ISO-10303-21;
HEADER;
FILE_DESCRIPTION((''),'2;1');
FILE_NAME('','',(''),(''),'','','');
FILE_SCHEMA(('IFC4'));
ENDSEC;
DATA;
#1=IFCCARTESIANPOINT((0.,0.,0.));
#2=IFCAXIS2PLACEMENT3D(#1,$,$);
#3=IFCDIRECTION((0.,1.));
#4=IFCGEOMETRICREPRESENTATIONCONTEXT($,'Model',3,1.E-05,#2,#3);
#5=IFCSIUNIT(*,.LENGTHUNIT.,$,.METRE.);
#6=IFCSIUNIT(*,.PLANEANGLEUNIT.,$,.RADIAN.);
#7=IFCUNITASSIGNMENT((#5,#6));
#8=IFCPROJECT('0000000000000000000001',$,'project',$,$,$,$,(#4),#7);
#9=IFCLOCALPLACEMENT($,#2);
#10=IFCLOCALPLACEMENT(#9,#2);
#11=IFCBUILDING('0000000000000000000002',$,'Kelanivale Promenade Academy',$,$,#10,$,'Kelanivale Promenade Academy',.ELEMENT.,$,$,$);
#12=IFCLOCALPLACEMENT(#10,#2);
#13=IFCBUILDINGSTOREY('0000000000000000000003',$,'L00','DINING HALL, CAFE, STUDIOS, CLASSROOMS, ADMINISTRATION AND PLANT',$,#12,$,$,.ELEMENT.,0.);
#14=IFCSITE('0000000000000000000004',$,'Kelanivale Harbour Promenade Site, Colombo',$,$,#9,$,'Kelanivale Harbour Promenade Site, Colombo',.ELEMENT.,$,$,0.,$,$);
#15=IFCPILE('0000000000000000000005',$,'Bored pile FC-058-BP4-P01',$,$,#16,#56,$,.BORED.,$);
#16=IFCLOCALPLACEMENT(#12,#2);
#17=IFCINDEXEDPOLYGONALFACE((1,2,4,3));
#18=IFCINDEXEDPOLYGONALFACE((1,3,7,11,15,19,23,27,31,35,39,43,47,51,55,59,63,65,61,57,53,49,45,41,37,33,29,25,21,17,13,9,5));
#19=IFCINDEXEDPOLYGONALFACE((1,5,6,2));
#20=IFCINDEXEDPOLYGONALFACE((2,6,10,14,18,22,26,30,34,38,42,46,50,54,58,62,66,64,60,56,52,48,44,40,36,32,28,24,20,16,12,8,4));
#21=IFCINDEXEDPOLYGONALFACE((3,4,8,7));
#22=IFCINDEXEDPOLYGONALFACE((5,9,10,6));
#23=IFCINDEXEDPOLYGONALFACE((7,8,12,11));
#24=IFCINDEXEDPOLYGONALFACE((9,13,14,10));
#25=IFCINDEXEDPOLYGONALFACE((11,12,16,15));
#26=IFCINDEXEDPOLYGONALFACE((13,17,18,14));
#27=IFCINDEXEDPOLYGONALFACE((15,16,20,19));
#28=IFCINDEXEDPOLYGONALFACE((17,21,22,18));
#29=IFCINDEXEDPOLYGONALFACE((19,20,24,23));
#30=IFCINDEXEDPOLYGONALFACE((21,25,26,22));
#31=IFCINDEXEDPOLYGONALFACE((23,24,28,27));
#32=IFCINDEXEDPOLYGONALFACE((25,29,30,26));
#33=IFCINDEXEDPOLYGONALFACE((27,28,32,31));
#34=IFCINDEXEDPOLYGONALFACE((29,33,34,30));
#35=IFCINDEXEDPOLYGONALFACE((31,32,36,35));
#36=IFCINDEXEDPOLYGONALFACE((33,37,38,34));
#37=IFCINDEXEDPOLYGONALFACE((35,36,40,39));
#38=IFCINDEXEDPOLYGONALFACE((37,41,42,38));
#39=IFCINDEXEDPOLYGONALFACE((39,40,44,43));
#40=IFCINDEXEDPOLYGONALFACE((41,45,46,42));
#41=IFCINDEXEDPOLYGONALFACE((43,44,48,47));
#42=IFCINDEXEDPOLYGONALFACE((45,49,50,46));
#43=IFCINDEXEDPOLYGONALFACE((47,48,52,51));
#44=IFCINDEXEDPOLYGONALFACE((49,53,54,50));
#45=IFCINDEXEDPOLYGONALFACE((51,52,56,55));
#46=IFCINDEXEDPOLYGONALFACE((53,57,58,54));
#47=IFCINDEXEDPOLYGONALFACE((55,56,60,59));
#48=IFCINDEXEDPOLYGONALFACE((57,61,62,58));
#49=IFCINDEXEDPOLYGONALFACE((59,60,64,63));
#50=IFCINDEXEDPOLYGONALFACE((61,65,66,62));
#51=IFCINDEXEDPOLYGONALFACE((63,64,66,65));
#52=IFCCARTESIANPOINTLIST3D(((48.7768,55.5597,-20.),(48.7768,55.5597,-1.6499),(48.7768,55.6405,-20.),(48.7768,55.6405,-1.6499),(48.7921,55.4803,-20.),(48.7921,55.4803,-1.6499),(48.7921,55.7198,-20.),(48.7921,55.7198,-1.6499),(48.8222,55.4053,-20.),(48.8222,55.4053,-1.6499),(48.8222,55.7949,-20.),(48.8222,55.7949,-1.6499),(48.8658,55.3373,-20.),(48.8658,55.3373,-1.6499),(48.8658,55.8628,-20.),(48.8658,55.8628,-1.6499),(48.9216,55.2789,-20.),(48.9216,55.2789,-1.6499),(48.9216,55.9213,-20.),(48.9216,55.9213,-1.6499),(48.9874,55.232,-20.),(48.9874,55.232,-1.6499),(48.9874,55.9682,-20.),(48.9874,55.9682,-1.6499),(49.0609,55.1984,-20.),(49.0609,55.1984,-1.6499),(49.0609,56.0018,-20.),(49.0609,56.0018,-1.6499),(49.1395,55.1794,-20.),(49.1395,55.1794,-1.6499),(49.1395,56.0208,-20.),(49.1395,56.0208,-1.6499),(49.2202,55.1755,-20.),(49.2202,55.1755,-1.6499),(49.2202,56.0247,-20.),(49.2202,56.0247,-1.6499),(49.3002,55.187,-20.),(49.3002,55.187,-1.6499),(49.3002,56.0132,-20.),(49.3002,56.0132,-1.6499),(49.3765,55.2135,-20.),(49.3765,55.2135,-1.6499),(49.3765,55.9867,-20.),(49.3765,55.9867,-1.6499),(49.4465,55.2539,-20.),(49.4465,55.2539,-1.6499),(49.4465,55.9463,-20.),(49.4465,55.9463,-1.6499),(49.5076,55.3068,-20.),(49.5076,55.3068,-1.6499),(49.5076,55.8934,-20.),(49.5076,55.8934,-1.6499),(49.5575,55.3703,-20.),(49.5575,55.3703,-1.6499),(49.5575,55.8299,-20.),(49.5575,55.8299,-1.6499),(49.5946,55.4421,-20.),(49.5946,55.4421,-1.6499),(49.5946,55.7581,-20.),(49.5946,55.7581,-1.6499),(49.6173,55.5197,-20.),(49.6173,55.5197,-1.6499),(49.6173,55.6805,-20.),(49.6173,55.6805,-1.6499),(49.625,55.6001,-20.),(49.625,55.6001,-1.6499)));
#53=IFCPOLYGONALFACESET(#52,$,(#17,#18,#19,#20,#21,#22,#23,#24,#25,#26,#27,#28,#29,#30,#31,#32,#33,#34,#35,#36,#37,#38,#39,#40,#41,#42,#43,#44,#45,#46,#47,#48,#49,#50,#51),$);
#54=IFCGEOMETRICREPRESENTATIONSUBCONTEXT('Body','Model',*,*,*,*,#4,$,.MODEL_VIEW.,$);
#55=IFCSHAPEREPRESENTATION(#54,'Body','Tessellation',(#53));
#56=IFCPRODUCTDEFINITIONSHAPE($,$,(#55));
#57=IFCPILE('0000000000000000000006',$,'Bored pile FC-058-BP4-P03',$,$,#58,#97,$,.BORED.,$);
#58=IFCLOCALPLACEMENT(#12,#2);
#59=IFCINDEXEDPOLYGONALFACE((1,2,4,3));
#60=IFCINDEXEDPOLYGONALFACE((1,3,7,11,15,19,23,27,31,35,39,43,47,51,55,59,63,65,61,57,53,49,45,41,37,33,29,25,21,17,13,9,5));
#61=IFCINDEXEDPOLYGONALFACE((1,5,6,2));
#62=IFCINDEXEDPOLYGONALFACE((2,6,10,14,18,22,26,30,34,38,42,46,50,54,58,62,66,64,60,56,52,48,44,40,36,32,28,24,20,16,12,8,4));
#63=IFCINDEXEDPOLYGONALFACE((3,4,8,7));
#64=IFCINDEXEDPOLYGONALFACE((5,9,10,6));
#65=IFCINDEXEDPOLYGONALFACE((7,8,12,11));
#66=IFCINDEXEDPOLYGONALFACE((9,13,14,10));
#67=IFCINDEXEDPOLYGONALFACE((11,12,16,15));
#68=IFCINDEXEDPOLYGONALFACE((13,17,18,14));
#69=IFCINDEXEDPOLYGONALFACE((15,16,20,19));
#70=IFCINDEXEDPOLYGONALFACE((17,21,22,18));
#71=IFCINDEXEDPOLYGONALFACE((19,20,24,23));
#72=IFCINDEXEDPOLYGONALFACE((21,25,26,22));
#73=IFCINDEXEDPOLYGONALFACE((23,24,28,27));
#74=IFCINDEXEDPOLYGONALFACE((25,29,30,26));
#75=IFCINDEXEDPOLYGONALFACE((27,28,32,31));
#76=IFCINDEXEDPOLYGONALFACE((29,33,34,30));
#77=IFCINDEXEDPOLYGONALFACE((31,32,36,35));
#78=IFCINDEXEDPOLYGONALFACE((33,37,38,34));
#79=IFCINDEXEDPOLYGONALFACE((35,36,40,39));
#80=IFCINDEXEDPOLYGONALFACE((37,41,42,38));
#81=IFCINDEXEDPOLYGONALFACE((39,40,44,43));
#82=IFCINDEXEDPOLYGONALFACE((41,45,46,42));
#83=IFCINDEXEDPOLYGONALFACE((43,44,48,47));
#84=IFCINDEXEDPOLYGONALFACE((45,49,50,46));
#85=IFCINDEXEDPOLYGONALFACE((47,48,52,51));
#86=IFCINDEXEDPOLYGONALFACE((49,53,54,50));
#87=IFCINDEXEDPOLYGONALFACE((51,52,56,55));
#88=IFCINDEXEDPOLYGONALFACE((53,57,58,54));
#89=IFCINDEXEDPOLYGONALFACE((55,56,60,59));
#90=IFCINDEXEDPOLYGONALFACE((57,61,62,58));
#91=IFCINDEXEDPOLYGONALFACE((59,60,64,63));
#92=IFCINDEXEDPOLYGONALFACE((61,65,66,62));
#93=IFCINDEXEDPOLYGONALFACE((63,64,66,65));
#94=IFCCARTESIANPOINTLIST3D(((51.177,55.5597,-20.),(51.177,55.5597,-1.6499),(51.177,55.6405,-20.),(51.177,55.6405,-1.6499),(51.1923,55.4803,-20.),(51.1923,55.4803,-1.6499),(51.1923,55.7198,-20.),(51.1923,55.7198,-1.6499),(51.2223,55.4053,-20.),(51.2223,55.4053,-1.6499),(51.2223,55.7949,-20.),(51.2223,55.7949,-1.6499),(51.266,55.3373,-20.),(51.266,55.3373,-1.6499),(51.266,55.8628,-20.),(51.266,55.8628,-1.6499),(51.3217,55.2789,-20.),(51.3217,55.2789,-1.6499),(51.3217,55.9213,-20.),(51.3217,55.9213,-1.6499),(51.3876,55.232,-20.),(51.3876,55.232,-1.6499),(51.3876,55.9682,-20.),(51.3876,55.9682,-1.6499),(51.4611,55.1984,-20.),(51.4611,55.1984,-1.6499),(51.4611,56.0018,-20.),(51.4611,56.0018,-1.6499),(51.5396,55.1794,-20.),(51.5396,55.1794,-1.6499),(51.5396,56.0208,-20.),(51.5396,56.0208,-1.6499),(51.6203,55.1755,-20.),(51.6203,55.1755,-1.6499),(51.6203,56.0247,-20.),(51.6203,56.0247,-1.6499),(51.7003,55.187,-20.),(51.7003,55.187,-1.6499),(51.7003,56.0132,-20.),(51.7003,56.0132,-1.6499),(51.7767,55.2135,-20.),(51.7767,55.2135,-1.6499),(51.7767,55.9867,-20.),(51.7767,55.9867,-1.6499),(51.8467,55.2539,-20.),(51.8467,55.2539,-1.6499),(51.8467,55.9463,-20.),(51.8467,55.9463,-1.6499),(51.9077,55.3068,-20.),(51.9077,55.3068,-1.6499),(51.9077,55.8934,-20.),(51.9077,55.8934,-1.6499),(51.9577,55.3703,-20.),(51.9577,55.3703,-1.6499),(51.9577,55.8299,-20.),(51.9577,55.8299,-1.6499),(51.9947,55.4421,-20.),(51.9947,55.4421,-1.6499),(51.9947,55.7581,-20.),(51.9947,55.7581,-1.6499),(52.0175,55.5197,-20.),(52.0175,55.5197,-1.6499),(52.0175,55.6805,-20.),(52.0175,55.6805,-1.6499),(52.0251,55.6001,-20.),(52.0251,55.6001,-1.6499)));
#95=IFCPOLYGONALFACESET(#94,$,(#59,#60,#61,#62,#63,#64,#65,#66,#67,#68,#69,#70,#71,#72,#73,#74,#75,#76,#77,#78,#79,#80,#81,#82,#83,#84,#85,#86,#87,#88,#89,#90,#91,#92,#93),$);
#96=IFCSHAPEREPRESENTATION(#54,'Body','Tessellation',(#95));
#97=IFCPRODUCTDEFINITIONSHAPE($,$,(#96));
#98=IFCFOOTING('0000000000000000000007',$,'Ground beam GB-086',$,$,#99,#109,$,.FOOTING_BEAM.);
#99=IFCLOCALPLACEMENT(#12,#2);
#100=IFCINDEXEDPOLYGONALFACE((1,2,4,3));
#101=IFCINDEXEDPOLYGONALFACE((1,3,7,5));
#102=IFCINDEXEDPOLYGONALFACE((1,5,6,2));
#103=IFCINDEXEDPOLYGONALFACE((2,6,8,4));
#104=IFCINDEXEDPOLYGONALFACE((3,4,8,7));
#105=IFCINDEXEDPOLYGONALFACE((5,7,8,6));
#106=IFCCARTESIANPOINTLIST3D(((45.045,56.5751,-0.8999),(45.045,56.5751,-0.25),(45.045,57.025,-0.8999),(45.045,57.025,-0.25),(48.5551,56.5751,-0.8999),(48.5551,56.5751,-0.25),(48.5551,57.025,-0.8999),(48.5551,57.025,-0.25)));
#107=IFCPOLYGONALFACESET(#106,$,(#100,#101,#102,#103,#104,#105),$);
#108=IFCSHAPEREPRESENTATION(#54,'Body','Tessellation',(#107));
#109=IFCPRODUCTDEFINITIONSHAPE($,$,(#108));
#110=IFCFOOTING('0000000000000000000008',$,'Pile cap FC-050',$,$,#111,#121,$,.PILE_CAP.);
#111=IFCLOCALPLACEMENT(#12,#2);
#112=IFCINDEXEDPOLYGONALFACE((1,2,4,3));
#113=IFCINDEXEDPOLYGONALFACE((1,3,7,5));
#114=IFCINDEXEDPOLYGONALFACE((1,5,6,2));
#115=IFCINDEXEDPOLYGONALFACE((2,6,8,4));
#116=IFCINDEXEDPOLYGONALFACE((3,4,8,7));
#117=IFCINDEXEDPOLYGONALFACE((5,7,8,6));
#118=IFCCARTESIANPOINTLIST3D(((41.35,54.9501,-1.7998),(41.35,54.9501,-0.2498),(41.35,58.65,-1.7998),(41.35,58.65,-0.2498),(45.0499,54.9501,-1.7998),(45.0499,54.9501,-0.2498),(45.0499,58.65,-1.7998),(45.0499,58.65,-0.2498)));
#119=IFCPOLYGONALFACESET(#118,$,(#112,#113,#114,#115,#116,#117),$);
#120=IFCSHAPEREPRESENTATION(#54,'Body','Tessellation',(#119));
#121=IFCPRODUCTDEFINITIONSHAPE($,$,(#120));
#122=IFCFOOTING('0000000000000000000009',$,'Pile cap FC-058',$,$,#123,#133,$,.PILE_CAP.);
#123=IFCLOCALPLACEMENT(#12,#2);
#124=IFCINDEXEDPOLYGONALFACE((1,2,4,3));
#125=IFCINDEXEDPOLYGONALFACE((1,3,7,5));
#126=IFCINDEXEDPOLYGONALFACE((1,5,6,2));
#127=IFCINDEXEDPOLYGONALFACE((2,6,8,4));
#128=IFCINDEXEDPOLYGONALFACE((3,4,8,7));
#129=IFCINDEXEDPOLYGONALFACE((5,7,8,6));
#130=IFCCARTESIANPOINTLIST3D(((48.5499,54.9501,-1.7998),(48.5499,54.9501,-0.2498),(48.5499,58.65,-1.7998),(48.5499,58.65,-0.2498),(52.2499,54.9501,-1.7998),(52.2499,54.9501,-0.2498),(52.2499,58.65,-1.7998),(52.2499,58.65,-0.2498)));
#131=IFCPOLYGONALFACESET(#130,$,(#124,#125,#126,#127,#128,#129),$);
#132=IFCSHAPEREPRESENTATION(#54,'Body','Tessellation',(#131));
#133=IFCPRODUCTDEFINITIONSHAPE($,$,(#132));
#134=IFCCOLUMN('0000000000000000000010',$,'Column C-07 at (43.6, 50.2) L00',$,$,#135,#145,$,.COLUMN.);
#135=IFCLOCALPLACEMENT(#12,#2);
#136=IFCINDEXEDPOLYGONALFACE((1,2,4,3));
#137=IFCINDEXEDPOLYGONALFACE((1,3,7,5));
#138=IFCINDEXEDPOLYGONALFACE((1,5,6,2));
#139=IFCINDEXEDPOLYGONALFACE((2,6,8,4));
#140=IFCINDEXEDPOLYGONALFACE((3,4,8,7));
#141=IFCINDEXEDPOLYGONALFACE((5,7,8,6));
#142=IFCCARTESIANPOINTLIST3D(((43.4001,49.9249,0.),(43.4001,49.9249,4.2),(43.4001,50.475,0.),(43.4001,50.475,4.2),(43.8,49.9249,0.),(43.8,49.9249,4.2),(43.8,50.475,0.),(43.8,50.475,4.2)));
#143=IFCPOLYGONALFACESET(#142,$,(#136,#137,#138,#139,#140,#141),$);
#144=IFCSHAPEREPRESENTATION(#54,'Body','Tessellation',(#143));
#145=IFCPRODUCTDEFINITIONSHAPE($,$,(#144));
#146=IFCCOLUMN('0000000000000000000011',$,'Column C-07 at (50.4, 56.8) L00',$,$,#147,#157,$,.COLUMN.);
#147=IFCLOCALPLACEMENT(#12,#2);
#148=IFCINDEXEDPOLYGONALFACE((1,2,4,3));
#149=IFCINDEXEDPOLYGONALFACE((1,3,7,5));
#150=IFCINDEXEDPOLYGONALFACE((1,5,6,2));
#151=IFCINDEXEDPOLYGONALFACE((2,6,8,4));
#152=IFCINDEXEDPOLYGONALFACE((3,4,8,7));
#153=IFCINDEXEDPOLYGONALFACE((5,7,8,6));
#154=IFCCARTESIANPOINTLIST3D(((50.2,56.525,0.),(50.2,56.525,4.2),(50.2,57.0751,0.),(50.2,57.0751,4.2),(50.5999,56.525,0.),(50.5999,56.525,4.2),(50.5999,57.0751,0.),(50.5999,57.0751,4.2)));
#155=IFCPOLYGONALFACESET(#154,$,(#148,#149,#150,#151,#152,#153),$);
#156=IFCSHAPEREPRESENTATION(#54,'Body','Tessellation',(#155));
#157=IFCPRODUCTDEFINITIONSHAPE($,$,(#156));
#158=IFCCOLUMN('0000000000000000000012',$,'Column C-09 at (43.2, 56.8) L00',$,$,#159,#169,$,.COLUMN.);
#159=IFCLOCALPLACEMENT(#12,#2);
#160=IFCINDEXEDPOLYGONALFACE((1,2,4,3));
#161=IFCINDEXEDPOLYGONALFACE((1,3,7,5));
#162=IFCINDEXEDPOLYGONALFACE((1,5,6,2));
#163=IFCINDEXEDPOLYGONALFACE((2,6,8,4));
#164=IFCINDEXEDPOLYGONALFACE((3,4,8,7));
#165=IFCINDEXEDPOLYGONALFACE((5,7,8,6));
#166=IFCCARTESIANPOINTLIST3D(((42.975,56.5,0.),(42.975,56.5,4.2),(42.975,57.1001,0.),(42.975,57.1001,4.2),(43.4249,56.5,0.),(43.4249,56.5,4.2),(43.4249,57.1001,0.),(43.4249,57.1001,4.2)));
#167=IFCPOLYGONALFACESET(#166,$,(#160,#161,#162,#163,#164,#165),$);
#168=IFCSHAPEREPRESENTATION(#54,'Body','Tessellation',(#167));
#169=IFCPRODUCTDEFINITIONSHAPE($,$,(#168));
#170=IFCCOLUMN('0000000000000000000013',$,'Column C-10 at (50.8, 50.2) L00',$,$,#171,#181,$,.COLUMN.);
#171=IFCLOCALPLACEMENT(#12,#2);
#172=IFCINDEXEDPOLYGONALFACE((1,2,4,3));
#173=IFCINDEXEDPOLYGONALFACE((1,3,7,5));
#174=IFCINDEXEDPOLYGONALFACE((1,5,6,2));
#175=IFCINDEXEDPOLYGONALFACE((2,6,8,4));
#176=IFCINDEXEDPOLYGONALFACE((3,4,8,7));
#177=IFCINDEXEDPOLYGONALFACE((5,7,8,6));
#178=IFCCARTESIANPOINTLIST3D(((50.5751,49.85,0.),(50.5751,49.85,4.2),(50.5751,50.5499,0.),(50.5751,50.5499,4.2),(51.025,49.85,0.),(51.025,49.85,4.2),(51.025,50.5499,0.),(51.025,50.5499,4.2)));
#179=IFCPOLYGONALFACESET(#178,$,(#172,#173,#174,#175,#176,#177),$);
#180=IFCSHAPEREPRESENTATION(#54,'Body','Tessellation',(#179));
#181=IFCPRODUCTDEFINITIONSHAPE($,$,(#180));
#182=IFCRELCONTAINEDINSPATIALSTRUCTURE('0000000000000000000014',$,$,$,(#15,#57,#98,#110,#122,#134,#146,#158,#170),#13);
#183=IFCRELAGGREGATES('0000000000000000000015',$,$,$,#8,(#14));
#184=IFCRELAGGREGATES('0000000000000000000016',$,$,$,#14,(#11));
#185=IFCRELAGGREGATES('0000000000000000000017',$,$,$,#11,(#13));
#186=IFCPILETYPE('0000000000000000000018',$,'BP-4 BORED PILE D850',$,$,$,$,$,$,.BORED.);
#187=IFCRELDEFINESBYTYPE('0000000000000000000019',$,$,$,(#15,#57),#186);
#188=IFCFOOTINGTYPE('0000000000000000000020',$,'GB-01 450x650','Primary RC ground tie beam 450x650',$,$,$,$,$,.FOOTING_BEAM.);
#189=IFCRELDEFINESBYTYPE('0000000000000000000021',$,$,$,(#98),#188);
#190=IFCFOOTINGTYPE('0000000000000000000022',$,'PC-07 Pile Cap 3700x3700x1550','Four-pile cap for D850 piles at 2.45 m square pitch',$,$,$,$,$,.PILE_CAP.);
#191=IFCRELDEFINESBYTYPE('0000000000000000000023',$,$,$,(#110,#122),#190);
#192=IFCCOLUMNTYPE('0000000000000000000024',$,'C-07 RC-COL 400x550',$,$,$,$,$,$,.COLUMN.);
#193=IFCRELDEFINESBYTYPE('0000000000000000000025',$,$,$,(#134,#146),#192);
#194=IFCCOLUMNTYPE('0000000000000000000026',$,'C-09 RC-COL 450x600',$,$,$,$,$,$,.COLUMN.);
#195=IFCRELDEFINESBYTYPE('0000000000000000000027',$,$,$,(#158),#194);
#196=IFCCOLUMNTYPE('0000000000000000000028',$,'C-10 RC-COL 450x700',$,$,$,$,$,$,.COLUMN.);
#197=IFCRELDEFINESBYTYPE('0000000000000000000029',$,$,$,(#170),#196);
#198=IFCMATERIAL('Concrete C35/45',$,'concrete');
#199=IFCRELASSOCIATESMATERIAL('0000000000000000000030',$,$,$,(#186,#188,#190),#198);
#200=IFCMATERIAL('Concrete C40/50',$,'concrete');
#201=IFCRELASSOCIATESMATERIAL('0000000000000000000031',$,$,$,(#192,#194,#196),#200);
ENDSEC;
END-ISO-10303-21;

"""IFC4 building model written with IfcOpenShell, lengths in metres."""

from ifc_helpers import new_model, si_unit, direction, frame, origin, origin_2d, place, context, subcontext, project, spatial, rectangle, circle, extrude, material, material_profile, profile_set, type_object, element, save


model = new_model("IFC4")

# Units and contexts
model_context = context("Model", 3, precision=1e-05, world=origin(), true_north=direction((0.0, 1.0)))
body_context = subcontext(model_context, "Body", "Model", "MODEL_VIEW")
ifc_project = project(units=[si_unit("LENGTHUNIT", "METRE"), si_unit("PLANEANGLEUNIT", "RADIAN")], contexts=[model_context])

# Site, building, storey
site_placement = place(None, origin())
site = spatial("IfcSite", under=ifc_project, at=site_placement, Name="Kelanivale Harbour Promenade Site, Colombo", LongName="Kelanivale Harbour Promenade Site, Colombo", CompositionType="ELEMENT", RefElevation=0.0)
building_placement = place(site_placement, origin())
building = spatial("IfcBuilding", under=site, at=building_placement, Name="Kelanivale Promenade Academy", LongName="Kelanivale Promenade Academy", CompositionType="ELEMENT")
storey_placement = place(building_placement, origin())
storey = spatial("IfcBuildingStorey", under=building, at=storey_placement, Name="L00", Description="DINING HALL, CAFE, STUDIOS, CLASSROOMS, ADMINISTRATION AND PLANT", CompositionType="ELEMENT", Elevation=0.0)

# Piles
ifc_material_1 = material(Name="Concrete C35/45", Category="concrete")
ifc_material_profile_1 = material_profile(ifc_material_1, circle(Radius=0.425, at=origin_2d()), Name="BORED PILE D850")
ifc_profile_set_1 = profile_set([ifc_material_profile_1], Name="Concrete C35/45")
pile_type = type_object("IfcPileType", Name="BP-4 BORED PILE D850", PredefinedType="BORED", material=ifc_profile_set_1)
for number, where, z_axis, x_axis, name in (
    (1, (49.2, 55.6001, -1.6499), (0.0, 0.0, -1.0), (1.0, 0.0, 0.0), "Bored pile FC-058-BP4-P01"),
    (2, (51.6001, 55.6001, -1.6499), (0.0, 0.0, -1.0), (1.0, 0.0, 0.0), "Bored pile FC-058-BP4-P03"),
):
    element("IfcPile", number, at=place(storey_placement, frame(where, z_axis=z_axis, x_axis=x_axis)), inside=storey, type_object=pile_type, Name=name, PredefinedType="BORED", context=body_context, shape_type="SweptSolid", body=[
        extrude(circle(Radius=0.425, at=origin_2d()), origin(), (0.0, 0.0, 1.0), 18.3501),
    ])

# Footings
footing_type_1 = type_object("IfcFootingType", Name="GB-01 450x650", Description="Primary RC ground tie beam 450x650", PredefinedType="FOOTING_BEAM", material=ifc_material_1)
footing_placement = place(storey_placement, frame((46.8, 56.8, -0.8999), z_axis=(0.0, 0.0, 1.0), x_axis=(1.0, 0.0, 0.0)))
element("IfcFooting", 3, at=footing_placement, inside=storey, type_object=footing_type_1, Name="Ground beam GB-086", PredefinedType="FOOTING_BEAM", context=body_context, shape_type="SweptSolid", body=[
    extrude(rectangle(XDim=3.51, YDim=0.45, at=origin_2d()), origin(), (0.0, 0.0, 1.0), 0.6499),
])
footing_type_2 = type_object("IfcFootingType", Name="PC-07 Pile Cap 3700x3700x1550", Description="Four-pile cap for D850 piles at 2.45 m square pitch", PredefinedType="PILE_CAP", material=ifc_material_1)
for number, where, z_axis, x_axis, name in (
    (4, (43.2, 56.8, -1.7998), (0.0, 0.0, 1.0), (1.0, 0.0, 0.0), "Pile cap FC-050"),
    (5, (50.3999, 56.8, -1.7998), (0.0, 0.0, 1.0), (1.0, 0.0, 0.0), "Pile cap FC-058"),
):
    element("IfcFooting", number, at=place(storey_placement, frame(where, z_axis=z_axis, x_axis=x_axis)), inside=storey, type_object=footing_type_2, Name=name, PredefinedType="PILE_CAP", context=body_context, shape_type="SweptSolid", body=[
        extrude(rectangle(XDim=3.7, YDim=3.7, at=origin_2d()), origin(), (0.0, 0.0, 1.0), 1.55),
    ])

# Columns
ifc_material_2 = material(Name="Concrete C40/50", Category="concrete")
ifc_material_profile_2 = material_profile(ifc_material_2, rectangle(XDim=0.3999, YDim=0.55, at=origin_2d()), Name="RC-COL 400x550")
ifc_profile_set_2 = profile_set([ifc_material_profile_2], Name="Concrete C40/50")
column_type_1 = type_object("IfcColumnType", Name="C-07 RC-COL 400x550", PredefinedType="COLUMN", material=ifc_profile_set_2)
for number, where, z_axis, x_axis, name in (
    (6, (43.6001, 50.2, 0.0), (0.0, 0.0, 1.0), (1.0, 0.0, 0.0), "Column C-07 at (43.6, 50.2) L00"),
    (7, (50.3999, 56.8, 0.0), (0.0, 0.0, 1.0), (1.0, 0.0, 0.0), "Column C-07 at (50.4, 56.8) L00"),
):
    element("IfcColumn", number, at=place(storey_placement, frame(where, z_axis=z_axis, x_axis=x_axis)), inside=storey, type_object=column_type_1, Name=name, PredefinedType="COLUMN", context=body_context, shape_type="SweptSolid", body=[
        extrude(rectangle(XDim=0.3999, YDim=0.55, at=origin_2d()), origin(), (0.0, 0.0, 1.0), 4.2),
    ])
ifc_material_profile_3 = material_profile(ifc_material_2, rectangle(XDim=0.45, YDim=0.6001, at=origin_2d()), Name="RC-COL 450x600")
ifc_profile_set_3 = profile_set([ifc_material_profile_3], Name="Concrete C40/50")
column_type_2 = type_object("IfcColumnType", Name="C-09 RC-COL 450x600", PredefinedType="COLUMN", material=ifc_profile_set_3)
column_1_placement = place(storey_placement, frame((43.2, 56.8, 0.0), z_axis=(0.0, 0.0, 1.0), x_axis=(1.0, 0.0, 0.0)))
element("IfcColumn", 8, at=column_1_placement, inside=storey, type_object=column_type_2, Name="Column C-09 at (43.2, 56.8) L00", PredefinedType="COLUMN", context=body_context, shape_type="SweptSolid", body=[
    extrude(rectangle(XDim=0.45, YDim=0.6001, at=origin_2d()), origin(), (0.0, 0.0, 1.0), 4.2),
])
ifc_material_profile_4 = material_profile(ifc_material_2, rectangle(XDim=0.45, YDim=0.7, at=origin_2d()), Name="RC-COL 450x700")
ifc_profile_set_4 = profile_set([ifc_material_profile_4], Name="Concrete C40/50")
column_type_3 = type_object("IfcColumnType", Name="C-10 RC-COL 450x700", PredefinedType="COLUMN", material=ifc_profile_set_4)
column_2_placement = place(storey_placement, frame((50.8, 50.2, 0.0), z_axis=(0.0, 0.0, 1.0), x_axis=(1.0, 0.0, 0.0)))
element("IfcColumn", 9, at=column_2_placement, inside=storey, type_object=column_type_3, Name="Column C-10 at (50.8, 50.2) L00", PredefinedType="COLUMN", context=body_context, shape_type="SweptSolid", body=[
    extrude(rectangle(XDim=0.45, YDim=0.7, at=origin_2d()), origin(), (0.0, 0.0, 1.0), 4.2),
])

save(model, "model.ifc")
